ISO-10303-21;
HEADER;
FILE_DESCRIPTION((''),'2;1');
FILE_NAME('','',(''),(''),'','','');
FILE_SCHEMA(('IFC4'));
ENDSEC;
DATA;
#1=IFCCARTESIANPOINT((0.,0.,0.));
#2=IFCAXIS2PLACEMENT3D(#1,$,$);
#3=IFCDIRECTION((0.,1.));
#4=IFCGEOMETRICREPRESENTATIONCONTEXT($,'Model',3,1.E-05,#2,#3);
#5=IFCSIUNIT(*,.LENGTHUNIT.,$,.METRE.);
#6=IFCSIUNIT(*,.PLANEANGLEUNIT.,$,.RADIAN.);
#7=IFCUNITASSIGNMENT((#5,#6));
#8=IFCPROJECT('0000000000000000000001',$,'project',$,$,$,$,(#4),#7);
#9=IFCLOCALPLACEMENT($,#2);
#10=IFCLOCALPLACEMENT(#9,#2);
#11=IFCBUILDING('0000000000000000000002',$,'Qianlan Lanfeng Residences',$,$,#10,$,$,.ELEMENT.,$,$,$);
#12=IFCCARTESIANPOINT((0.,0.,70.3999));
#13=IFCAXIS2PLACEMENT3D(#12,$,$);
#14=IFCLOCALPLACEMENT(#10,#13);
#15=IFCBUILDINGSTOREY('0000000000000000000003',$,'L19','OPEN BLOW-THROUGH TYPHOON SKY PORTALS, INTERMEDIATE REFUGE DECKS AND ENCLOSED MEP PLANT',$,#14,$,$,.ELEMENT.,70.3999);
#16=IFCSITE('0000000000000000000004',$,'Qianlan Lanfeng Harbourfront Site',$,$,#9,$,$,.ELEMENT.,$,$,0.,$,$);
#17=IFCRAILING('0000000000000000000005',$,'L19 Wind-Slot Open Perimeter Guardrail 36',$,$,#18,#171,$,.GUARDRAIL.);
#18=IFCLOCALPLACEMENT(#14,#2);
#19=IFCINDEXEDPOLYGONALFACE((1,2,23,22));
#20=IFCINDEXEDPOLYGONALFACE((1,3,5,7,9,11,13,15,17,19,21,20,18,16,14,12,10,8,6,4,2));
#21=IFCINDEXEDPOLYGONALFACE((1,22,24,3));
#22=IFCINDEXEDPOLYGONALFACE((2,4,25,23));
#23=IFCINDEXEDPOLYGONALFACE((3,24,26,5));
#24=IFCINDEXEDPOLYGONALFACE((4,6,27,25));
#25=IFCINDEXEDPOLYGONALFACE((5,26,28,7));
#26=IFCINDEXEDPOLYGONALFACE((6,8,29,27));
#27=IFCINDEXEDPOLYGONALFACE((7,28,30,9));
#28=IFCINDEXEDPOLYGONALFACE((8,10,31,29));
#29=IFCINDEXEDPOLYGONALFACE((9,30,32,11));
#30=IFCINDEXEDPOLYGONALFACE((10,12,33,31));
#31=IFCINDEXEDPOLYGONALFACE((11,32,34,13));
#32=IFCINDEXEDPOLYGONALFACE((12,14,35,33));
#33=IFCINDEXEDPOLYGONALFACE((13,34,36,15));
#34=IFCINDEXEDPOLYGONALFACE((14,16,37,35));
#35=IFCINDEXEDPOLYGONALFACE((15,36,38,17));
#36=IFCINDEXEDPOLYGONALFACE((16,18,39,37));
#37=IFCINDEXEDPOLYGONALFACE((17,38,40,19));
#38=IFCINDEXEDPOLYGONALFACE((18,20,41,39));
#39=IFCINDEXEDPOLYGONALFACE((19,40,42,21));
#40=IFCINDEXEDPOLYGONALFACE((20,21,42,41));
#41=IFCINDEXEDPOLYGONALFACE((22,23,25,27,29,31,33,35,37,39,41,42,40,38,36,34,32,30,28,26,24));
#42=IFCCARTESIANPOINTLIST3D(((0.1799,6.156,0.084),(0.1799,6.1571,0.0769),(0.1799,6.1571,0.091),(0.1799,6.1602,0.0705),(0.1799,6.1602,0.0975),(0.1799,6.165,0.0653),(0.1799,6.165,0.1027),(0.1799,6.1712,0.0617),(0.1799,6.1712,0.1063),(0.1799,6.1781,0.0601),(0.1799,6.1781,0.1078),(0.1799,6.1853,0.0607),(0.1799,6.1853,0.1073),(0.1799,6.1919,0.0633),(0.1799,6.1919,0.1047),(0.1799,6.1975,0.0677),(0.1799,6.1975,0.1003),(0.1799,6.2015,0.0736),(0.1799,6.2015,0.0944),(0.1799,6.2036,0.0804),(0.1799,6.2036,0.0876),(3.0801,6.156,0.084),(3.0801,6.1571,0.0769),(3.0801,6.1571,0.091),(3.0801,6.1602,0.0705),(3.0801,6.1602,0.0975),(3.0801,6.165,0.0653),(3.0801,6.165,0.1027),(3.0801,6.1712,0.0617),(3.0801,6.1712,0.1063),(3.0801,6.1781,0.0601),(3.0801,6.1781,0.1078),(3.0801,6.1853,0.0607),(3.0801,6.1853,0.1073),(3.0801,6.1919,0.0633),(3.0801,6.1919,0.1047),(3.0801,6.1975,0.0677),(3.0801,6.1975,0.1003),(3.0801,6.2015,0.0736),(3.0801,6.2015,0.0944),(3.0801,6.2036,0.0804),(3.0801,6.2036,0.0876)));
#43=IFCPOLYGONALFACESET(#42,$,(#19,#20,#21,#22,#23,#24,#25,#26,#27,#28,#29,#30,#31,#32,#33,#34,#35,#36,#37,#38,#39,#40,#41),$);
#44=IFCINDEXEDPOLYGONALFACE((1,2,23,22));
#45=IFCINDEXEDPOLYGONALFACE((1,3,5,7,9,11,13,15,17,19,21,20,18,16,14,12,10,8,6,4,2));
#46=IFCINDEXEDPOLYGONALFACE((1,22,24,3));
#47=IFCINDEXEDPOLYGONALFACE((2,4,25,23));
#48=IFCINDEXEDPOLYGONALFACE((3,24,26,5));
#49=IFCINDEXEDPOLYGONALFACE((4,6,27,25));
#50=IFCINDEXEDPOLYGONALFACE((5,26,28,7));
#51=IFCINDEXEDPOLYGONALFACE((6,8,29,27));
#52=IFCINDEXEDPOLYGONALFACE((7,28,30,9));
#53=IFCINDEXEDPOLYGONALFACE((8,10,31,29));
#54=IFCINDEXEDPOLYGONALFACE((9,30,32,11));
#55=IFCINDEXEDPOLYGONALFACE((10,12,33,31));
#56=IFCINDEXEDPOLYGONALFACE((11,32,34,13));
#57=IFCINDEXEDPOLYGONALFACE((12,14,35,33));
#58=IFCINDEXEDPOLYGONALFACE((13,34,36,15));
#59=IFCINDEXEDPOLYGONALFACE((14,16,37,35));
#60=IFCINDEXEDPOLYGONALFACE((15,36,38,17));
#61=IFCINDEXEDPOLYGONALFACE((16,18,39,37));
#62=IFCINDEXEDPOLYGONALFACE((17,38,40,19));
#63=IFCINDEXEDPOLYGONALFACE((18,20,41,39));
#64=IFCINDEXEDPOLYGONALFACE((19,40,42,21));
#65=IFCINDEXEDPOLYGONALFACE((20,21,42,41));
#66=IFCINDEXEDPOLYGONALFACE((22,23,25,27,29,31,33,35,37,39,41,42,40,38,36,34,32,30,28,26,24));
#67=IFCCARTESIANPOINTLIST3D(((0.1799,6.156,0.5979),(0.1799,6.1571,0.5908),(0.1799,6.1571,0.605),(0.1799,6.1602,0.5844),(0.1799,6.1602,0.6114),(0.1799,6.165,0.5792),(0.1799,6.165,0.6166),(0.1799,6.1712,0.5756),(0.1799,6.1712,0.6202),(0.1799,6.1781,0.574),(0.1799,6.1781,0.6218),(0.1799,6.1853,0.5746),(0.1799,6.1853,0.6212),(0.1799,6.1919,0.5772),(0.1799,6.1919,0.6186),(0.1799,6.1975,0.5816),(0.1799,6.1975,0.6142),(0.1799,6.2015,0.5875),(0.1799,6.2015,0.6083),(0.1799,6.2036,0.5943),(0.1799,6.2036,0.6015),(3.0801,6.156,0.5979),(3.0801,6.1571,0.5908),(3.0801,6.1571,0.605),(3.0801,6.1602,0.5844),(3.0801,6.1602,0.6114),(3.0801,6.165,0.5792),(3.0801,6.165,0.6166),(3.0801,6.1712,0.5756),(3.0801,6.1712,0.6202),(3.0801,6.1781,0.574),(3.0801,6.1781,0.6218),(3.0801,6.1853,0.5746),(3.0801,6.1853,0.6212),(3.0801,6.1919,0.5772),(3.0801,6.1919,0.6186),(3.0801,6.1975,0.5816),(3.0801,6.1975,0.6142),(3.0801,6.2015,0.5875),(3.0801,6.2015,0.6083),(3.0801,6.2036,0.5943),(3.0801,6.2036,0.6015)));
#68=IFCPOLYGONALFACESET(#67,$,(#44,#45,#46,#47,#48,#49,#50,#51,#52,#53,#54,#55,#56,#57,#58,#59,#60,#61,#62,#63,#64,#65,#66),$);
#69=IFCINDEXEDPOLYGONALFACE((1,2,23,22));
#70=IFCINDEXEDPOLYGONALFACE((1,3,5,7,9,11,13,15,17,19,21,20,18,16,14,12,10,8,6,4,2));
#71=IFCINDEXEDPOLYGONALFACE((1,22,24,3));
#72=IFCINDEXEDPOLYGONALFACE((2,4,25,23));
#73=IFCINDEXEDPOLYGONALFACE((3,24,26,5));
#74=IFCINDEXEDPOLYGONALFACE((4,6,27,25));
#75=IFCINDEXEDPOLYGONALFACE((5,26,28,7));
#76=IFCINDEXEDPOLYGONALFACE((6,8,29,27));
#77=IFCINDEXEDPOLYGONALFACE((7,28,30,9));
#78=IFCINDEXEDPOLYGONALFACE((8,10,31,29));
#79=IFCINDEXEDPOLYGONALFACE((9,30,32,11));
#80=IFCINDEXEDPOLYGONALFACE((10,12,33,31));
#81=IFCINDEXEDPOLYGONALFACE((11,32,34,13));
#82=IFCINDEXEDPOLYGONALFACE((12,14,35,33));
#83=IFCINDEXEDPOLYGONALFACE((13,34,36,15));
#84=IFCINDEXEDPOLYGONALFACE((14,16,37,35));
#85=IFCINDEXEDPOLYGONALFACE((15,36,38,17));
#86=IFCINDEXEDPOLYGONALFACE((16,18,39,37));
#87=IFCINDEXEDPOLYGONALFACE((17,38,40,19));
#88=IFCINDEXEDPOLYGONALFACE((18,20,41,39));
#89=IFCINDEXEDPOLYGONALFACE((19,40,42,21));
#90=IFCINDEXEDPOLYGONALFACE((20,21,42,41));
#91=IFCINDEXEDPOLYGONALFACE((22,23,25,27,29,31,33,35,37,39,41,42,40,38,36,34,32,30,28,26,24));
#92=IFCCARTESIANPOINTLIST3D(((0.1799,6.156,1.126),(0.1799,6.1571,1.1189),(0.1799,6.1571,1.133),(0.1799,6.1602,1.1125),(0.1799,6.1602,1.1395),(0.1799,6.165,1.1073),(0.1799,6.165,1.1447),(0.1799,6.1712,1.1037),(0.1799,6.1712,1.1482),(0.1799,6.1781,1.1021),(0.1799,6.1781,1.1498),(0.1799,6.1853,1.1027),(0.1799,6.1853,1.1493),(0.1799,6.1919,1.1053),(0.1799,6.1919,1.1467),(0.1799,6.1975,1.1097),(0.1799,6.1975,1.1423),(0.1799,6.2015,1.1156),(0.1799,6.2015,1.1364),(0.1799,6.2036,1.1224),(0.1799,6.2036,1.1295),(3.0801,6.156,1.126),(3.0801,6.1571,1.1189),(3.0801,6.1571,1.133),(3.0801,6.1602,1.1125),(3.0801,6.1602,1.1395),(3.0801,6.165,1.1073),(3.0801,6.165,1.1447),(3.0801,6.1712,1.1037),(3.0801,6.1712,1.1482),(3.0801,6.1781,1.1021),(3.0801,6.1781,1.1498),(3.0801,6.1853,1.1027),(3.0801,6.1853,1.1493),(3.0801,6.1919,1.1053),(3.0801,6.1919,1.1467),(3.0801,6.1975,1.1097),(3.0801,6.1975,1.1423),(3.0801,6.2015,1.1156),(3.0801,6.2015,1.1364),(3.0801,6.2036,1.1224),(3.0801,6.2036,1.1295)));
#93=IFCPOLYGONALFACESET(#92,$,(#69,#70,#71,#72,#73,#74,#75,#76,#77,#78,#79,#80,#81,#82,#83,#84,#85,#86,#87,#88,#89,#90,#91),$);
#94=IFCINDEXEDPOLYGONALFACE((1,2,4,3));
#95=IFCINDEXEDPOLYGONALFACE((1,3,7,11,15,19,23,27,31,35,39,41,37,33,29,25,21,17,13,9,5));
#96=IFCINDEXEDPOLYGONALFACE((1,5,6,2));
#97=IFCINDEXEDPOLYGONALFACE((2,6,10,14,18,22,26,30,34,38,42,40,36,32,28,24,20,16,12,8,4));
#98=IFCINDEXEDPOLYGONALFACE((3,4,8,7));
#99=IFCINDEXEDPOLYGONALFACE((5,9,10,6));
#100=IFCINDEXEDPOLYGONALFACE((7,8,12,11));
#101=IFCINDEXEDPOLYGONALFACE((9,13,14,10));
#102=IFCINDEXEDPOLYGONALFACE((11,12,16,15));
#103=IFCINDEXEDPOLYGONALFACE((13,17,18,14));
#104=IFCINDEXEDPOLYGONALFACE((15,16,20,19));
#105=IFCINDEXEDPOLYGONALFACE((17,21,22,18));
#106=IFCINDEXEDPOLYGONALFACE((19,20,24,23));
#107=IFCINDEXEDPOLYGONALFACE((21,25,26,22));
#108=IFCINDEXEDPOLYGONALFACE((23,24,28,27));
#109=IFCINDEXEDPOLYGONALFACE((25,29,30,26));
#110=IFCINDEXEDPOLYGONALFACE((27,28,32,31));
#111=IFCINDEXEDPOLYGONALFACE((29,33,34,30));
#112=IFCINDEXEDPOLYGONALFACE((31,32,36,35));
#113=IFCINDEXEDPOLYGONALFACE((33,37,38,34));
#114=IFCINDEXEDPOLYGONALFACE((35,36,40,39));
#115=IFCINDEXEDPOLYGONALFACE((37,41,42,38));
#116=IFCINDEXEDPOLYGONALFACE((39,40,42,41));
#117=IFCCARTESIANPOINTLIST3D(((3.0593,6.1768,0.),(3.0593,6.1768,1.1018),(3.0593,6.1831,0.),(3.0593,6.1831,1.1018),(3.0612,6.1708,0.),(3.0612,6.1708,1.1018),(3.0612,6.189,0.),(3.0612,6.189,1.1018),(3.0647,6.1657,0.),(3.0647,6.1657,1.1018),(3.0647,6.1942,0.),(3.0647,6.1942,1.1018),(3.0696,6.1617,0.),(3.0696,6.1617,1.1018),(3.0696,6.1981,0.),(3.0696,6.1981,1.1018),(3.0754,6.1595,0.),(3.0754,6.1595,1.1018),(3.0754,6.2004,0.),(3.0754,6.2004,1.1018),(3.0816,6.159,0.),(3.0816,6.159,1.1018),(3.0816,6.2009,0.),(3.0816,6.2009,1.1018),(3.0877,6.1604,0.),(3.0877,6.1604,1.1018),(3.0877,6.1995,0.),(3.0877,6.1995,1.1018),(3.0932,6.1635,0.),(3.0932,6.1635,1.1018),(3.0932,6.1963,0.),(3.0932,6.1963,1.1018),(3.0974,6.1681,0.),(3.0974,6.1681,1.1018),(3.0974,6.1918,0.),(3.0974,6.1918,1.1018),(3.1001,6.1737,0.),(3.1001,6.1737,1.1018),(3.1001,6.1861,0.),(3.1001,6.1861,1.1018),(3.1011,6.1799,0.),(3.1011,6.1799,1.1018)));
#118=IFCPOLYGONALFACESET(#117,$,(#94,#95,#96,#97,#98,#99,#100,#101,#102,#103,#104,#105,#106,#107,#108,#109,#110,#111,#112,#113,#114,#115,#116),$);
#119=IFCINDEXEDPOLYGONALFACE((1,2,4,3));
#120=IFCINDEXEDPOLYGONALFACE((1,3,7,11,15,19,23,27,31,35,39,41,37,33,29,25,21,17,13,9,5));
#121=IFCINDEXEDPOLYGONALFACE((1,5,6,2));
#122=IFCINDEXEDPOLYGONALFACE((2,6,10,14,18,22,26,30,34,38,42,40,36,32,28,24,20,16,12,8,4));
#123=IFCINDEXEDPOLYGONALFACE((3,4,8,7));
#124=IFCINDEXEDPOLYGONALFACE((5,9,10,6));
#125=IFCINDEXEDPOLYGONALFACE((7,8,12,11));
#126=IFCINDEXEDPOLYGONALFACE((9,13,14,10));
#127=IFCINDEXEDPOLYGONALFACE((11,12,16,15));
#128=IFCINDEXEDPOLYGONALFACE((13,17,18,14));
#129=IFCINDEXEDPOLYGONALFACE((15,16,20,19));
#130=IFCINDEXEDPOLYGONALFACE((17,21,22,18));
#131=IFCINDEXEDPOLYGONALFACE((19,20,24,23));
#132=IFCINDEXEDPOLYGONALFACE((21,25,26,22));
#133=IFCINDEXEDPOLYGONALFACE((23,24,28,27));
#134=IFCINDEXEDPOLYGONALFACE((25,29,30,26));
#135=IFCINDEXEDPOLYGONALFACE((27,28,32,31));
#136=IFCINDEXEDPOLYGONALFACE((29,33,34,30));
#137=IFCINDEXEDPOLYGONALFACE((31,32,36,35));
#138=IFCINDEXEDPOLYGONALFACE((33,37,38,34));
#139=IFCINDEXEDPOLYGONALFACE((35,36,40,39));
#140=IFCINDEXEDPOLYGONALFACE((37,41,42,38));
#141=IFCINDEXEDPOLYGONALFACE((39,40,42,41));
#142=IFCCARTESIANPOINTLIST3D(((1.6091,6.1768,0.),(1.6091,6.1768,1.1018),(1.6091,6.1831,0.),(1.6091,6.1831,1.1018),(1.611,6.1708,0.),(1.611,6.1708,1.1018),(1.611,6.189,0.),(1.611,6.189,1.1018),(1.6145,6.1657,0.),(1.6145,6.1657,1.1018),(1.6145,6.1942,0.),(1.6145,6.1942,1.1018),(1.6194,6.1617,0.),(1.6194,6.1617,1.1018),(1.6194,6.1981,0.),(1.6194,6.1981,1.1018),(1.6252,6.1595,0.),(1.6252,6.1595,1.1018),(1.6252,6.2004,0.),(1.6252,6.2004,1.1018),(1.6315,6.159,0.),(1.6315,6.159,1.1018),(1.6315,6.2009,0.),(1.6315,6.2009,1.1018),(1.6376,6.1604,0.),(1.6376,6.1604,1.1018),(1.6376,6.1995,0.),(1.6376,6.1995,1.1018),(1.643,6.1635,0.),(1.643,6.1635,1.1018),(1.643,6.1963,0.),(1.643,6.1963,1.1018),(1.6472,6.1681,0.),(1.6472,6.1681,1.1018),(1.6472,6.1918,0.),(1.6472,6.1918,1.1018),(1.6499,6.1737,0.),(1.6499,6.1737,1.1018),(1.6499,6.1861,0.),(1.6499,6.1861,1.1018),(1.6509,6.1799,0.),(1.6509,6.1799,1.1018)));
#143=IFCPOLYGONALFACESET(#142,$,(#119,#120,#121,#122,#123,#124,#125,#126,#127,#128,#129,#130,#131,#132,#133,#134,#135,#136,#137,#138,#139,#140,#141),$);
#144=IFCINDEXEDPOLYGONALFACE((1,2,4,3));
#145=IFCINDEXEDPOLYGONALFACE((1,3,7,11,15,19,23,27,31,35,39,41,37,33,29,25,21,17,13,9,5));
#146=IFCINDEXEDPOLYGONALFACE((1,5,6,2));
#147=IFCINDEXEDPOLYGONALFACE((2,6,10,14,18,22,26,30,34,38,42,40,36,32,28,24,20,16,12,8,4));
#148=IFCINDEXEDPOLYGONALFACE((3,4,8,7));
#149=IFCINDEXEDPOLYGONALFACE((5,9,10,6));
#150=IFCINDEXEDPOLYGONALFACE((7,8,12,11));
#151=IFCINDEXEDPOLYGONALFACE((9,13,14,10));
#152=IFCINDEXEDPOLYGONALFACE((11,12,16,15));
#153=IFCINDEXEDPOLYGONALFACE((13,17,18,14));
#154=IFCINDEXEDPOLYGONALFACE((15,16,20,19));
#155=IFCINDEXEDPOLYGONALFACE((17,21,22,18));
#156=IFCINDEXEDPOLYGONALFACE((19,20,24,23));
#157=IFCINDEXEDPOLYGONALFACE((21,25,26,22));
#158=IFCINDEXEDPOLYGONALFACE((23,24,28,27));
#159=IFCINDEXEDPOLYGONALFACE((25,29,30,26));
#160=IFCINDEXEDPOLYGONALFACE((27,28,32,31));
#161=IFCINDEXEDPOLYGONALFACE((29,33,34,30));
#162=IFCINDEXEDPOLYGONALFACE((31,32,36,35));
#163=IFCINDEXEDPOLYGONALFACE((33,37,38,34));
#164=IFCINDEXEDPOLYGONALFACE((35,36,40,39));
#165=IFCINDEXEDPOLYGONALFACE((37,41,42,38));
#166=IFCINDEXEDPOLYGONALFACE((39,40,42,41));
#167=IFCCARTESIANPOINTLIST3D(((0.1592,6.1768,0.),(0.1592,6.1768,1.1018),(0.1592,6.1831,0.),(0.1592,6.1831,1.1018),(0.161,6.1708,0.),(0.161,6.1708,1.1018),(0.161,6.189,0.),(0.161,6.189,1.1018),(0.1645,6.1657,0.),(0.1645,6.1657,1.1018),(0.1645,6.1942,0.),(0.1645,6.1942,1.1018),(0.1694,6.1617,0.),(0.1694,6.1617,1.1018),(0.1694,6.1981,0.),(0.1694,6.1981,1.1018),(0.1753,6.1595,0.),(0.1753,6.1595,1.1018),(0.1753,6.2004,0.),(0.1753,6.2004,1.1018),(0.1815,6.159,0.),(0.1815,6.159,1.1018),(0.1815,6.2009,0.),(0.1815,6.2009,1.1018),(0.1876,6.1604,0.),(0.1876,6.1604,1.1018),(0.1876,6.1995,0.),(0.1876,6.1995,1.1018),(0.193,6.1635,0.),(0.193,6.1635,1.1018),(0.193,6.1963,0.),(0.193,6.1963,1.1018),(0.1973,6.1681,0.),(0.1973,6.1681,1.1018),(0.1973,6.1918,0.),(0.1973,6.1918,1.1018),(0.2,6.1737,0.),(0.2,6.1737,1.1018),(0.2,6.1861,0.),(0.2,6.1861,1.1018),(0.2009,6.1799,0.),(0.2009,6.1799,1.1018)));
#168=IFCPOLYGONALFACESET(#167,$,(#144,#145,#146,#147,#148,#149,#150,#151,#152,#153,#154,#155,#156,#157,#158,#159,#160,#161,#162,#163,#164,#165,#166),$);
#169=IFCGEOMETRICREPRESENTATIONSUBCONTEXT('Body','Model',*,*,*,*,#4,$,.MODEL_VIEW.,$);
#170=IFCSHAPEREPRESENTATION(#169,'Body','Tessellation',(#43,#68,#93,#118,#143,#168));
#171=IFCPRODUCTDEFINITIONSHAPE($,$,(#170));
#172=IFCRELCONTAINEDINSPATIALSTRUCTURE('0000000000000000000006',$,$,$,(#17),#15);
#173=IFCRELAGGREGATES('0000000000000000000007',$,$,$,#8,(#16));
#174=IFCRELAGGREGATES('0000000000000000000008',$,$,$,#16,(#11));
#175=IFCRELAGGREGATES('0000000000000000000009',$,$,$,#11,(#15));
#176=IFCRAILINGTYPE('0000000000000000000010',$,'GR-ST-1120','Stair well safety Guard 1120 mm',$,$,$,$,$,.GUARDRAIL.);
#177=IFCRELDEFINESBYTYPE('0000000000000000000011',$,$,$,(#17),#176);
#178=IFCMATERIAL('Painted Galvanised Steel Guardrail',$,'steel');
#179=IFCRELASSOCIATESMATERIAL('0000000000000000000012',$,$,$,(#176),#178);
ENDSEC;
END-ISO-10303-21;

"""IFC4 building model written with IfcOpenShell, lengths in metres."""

from ifc_helpers import new_model, si_unit, direction, frame, origin, origin_2d, place, context, subcontext, project, spatial, circle, extrude, material, type_object, element, save


model = new_model("IFC4")

# Units and contexts
model_context = context("Model", 3, precision=1e-05, world=origin(), true_north=direction((0.0, 1.0)))
body_context = subcontext(model_context, "Body", "Model", "MODEL_VIEW")
ifc_project = project(units=[si_unit("LENGTHUNIT", "METRE"), si_unit("PLANEANGLEUNIT", "RADIAN")], contexts=[model_context])

# Site, building, storey
site_placement = place(None, origin())
site = spatial("IfcSite", under=ifc_project, at=site_placement, Name="Qianlan Lanfeng Harbourfront Site", CompositionType="ELEMENT", RefElevation=0.0)
building_placement = place(site_placement, origin())
building = spatial("IfcBuilding", under=site, at=building_placement, Name="Qianlan Lanfeng Residences", CompositionType="ELEMENT")
storey_placement = place(building_placement, frame((0.0, 0.0, 70.3999)))
storey = spatial("IfcBuildingStorey", under=building, at=storey_placement, Name="L19", Description="OPEN BLOW-THROUGH TYPHOON SKY PORTALS, INTERMEDIATE REFUGE DECKS AND ENCLOSED MEP PLANT", CompositionType="ELEMENT", Elevation=70.3999)

# Railing
ifc_material_1 = material(Name="Painted Galvanised Steel Guardrail", Category="steel")
railing_type = type_object("IfcRailingType", Name="GR-ST-1120", Description="Stair well safety Guard 1120 mm", PredefinedType="GUARDRAIL", material=ifc_material_1)
railing_1_placement = place(storey_placement, frame((3.0801, 6.1799, 0.0)))
element("IfcRailing", 1, at=railing_1_placement, inside=storey, type_object=railing_type, Name="L19 Wind-Slot Open Perimeter Guardrail 36", PredefinedType="GUARDRAIL", context=body_context, shape_type="SweptSolid", body=[
    extrude(circle(Radius=0.0239, at=origin_2d()), frame((0.0, 0.0, 0.084), z_axis=(-1.0, 0.0, 0.0), x_axis=(0.0, -1.0, 0.0)), (0.0, 0.0, 1.0), 2.9001),
    extrude(circle(Radius=0.0239, at=origin_2d()), frame((0.0, 0.0, 0.5979), z_axis=(-1.0, 0.0, 0.0), x_axis=(0.0, -1.0, 0.0)), (0.0, 0.0, 1.0), 2.9001),
    extrude(circle(Radius=0.0239, at=origin_2d()), frame((0.0, 0.0, 1.126), z_axis=(-1.0, 0.0, 0.0), x_axis=(0.0, -1.0, 0.0)), (0.0, 0.0, 1.0), 2.9001),
    extrude(circle(Radius=0.021, at=origin_2d()), origin(), (0.0, 0.0, 1.0), 1.1018),
    extrude(circle(Radius=0.021, at=origin_2d()), frame((-1.4502, 0.0, 0.0)), (0.0, 0.0, 1.0), 1.1018),
    extrude(circle(Radius=0.021, at=origin_2d()), frame((-2.9001, 0.0, 0.0)), (0.0, 0.0, 1.0), 1.1018),
])

save(model, "model.ifc")
